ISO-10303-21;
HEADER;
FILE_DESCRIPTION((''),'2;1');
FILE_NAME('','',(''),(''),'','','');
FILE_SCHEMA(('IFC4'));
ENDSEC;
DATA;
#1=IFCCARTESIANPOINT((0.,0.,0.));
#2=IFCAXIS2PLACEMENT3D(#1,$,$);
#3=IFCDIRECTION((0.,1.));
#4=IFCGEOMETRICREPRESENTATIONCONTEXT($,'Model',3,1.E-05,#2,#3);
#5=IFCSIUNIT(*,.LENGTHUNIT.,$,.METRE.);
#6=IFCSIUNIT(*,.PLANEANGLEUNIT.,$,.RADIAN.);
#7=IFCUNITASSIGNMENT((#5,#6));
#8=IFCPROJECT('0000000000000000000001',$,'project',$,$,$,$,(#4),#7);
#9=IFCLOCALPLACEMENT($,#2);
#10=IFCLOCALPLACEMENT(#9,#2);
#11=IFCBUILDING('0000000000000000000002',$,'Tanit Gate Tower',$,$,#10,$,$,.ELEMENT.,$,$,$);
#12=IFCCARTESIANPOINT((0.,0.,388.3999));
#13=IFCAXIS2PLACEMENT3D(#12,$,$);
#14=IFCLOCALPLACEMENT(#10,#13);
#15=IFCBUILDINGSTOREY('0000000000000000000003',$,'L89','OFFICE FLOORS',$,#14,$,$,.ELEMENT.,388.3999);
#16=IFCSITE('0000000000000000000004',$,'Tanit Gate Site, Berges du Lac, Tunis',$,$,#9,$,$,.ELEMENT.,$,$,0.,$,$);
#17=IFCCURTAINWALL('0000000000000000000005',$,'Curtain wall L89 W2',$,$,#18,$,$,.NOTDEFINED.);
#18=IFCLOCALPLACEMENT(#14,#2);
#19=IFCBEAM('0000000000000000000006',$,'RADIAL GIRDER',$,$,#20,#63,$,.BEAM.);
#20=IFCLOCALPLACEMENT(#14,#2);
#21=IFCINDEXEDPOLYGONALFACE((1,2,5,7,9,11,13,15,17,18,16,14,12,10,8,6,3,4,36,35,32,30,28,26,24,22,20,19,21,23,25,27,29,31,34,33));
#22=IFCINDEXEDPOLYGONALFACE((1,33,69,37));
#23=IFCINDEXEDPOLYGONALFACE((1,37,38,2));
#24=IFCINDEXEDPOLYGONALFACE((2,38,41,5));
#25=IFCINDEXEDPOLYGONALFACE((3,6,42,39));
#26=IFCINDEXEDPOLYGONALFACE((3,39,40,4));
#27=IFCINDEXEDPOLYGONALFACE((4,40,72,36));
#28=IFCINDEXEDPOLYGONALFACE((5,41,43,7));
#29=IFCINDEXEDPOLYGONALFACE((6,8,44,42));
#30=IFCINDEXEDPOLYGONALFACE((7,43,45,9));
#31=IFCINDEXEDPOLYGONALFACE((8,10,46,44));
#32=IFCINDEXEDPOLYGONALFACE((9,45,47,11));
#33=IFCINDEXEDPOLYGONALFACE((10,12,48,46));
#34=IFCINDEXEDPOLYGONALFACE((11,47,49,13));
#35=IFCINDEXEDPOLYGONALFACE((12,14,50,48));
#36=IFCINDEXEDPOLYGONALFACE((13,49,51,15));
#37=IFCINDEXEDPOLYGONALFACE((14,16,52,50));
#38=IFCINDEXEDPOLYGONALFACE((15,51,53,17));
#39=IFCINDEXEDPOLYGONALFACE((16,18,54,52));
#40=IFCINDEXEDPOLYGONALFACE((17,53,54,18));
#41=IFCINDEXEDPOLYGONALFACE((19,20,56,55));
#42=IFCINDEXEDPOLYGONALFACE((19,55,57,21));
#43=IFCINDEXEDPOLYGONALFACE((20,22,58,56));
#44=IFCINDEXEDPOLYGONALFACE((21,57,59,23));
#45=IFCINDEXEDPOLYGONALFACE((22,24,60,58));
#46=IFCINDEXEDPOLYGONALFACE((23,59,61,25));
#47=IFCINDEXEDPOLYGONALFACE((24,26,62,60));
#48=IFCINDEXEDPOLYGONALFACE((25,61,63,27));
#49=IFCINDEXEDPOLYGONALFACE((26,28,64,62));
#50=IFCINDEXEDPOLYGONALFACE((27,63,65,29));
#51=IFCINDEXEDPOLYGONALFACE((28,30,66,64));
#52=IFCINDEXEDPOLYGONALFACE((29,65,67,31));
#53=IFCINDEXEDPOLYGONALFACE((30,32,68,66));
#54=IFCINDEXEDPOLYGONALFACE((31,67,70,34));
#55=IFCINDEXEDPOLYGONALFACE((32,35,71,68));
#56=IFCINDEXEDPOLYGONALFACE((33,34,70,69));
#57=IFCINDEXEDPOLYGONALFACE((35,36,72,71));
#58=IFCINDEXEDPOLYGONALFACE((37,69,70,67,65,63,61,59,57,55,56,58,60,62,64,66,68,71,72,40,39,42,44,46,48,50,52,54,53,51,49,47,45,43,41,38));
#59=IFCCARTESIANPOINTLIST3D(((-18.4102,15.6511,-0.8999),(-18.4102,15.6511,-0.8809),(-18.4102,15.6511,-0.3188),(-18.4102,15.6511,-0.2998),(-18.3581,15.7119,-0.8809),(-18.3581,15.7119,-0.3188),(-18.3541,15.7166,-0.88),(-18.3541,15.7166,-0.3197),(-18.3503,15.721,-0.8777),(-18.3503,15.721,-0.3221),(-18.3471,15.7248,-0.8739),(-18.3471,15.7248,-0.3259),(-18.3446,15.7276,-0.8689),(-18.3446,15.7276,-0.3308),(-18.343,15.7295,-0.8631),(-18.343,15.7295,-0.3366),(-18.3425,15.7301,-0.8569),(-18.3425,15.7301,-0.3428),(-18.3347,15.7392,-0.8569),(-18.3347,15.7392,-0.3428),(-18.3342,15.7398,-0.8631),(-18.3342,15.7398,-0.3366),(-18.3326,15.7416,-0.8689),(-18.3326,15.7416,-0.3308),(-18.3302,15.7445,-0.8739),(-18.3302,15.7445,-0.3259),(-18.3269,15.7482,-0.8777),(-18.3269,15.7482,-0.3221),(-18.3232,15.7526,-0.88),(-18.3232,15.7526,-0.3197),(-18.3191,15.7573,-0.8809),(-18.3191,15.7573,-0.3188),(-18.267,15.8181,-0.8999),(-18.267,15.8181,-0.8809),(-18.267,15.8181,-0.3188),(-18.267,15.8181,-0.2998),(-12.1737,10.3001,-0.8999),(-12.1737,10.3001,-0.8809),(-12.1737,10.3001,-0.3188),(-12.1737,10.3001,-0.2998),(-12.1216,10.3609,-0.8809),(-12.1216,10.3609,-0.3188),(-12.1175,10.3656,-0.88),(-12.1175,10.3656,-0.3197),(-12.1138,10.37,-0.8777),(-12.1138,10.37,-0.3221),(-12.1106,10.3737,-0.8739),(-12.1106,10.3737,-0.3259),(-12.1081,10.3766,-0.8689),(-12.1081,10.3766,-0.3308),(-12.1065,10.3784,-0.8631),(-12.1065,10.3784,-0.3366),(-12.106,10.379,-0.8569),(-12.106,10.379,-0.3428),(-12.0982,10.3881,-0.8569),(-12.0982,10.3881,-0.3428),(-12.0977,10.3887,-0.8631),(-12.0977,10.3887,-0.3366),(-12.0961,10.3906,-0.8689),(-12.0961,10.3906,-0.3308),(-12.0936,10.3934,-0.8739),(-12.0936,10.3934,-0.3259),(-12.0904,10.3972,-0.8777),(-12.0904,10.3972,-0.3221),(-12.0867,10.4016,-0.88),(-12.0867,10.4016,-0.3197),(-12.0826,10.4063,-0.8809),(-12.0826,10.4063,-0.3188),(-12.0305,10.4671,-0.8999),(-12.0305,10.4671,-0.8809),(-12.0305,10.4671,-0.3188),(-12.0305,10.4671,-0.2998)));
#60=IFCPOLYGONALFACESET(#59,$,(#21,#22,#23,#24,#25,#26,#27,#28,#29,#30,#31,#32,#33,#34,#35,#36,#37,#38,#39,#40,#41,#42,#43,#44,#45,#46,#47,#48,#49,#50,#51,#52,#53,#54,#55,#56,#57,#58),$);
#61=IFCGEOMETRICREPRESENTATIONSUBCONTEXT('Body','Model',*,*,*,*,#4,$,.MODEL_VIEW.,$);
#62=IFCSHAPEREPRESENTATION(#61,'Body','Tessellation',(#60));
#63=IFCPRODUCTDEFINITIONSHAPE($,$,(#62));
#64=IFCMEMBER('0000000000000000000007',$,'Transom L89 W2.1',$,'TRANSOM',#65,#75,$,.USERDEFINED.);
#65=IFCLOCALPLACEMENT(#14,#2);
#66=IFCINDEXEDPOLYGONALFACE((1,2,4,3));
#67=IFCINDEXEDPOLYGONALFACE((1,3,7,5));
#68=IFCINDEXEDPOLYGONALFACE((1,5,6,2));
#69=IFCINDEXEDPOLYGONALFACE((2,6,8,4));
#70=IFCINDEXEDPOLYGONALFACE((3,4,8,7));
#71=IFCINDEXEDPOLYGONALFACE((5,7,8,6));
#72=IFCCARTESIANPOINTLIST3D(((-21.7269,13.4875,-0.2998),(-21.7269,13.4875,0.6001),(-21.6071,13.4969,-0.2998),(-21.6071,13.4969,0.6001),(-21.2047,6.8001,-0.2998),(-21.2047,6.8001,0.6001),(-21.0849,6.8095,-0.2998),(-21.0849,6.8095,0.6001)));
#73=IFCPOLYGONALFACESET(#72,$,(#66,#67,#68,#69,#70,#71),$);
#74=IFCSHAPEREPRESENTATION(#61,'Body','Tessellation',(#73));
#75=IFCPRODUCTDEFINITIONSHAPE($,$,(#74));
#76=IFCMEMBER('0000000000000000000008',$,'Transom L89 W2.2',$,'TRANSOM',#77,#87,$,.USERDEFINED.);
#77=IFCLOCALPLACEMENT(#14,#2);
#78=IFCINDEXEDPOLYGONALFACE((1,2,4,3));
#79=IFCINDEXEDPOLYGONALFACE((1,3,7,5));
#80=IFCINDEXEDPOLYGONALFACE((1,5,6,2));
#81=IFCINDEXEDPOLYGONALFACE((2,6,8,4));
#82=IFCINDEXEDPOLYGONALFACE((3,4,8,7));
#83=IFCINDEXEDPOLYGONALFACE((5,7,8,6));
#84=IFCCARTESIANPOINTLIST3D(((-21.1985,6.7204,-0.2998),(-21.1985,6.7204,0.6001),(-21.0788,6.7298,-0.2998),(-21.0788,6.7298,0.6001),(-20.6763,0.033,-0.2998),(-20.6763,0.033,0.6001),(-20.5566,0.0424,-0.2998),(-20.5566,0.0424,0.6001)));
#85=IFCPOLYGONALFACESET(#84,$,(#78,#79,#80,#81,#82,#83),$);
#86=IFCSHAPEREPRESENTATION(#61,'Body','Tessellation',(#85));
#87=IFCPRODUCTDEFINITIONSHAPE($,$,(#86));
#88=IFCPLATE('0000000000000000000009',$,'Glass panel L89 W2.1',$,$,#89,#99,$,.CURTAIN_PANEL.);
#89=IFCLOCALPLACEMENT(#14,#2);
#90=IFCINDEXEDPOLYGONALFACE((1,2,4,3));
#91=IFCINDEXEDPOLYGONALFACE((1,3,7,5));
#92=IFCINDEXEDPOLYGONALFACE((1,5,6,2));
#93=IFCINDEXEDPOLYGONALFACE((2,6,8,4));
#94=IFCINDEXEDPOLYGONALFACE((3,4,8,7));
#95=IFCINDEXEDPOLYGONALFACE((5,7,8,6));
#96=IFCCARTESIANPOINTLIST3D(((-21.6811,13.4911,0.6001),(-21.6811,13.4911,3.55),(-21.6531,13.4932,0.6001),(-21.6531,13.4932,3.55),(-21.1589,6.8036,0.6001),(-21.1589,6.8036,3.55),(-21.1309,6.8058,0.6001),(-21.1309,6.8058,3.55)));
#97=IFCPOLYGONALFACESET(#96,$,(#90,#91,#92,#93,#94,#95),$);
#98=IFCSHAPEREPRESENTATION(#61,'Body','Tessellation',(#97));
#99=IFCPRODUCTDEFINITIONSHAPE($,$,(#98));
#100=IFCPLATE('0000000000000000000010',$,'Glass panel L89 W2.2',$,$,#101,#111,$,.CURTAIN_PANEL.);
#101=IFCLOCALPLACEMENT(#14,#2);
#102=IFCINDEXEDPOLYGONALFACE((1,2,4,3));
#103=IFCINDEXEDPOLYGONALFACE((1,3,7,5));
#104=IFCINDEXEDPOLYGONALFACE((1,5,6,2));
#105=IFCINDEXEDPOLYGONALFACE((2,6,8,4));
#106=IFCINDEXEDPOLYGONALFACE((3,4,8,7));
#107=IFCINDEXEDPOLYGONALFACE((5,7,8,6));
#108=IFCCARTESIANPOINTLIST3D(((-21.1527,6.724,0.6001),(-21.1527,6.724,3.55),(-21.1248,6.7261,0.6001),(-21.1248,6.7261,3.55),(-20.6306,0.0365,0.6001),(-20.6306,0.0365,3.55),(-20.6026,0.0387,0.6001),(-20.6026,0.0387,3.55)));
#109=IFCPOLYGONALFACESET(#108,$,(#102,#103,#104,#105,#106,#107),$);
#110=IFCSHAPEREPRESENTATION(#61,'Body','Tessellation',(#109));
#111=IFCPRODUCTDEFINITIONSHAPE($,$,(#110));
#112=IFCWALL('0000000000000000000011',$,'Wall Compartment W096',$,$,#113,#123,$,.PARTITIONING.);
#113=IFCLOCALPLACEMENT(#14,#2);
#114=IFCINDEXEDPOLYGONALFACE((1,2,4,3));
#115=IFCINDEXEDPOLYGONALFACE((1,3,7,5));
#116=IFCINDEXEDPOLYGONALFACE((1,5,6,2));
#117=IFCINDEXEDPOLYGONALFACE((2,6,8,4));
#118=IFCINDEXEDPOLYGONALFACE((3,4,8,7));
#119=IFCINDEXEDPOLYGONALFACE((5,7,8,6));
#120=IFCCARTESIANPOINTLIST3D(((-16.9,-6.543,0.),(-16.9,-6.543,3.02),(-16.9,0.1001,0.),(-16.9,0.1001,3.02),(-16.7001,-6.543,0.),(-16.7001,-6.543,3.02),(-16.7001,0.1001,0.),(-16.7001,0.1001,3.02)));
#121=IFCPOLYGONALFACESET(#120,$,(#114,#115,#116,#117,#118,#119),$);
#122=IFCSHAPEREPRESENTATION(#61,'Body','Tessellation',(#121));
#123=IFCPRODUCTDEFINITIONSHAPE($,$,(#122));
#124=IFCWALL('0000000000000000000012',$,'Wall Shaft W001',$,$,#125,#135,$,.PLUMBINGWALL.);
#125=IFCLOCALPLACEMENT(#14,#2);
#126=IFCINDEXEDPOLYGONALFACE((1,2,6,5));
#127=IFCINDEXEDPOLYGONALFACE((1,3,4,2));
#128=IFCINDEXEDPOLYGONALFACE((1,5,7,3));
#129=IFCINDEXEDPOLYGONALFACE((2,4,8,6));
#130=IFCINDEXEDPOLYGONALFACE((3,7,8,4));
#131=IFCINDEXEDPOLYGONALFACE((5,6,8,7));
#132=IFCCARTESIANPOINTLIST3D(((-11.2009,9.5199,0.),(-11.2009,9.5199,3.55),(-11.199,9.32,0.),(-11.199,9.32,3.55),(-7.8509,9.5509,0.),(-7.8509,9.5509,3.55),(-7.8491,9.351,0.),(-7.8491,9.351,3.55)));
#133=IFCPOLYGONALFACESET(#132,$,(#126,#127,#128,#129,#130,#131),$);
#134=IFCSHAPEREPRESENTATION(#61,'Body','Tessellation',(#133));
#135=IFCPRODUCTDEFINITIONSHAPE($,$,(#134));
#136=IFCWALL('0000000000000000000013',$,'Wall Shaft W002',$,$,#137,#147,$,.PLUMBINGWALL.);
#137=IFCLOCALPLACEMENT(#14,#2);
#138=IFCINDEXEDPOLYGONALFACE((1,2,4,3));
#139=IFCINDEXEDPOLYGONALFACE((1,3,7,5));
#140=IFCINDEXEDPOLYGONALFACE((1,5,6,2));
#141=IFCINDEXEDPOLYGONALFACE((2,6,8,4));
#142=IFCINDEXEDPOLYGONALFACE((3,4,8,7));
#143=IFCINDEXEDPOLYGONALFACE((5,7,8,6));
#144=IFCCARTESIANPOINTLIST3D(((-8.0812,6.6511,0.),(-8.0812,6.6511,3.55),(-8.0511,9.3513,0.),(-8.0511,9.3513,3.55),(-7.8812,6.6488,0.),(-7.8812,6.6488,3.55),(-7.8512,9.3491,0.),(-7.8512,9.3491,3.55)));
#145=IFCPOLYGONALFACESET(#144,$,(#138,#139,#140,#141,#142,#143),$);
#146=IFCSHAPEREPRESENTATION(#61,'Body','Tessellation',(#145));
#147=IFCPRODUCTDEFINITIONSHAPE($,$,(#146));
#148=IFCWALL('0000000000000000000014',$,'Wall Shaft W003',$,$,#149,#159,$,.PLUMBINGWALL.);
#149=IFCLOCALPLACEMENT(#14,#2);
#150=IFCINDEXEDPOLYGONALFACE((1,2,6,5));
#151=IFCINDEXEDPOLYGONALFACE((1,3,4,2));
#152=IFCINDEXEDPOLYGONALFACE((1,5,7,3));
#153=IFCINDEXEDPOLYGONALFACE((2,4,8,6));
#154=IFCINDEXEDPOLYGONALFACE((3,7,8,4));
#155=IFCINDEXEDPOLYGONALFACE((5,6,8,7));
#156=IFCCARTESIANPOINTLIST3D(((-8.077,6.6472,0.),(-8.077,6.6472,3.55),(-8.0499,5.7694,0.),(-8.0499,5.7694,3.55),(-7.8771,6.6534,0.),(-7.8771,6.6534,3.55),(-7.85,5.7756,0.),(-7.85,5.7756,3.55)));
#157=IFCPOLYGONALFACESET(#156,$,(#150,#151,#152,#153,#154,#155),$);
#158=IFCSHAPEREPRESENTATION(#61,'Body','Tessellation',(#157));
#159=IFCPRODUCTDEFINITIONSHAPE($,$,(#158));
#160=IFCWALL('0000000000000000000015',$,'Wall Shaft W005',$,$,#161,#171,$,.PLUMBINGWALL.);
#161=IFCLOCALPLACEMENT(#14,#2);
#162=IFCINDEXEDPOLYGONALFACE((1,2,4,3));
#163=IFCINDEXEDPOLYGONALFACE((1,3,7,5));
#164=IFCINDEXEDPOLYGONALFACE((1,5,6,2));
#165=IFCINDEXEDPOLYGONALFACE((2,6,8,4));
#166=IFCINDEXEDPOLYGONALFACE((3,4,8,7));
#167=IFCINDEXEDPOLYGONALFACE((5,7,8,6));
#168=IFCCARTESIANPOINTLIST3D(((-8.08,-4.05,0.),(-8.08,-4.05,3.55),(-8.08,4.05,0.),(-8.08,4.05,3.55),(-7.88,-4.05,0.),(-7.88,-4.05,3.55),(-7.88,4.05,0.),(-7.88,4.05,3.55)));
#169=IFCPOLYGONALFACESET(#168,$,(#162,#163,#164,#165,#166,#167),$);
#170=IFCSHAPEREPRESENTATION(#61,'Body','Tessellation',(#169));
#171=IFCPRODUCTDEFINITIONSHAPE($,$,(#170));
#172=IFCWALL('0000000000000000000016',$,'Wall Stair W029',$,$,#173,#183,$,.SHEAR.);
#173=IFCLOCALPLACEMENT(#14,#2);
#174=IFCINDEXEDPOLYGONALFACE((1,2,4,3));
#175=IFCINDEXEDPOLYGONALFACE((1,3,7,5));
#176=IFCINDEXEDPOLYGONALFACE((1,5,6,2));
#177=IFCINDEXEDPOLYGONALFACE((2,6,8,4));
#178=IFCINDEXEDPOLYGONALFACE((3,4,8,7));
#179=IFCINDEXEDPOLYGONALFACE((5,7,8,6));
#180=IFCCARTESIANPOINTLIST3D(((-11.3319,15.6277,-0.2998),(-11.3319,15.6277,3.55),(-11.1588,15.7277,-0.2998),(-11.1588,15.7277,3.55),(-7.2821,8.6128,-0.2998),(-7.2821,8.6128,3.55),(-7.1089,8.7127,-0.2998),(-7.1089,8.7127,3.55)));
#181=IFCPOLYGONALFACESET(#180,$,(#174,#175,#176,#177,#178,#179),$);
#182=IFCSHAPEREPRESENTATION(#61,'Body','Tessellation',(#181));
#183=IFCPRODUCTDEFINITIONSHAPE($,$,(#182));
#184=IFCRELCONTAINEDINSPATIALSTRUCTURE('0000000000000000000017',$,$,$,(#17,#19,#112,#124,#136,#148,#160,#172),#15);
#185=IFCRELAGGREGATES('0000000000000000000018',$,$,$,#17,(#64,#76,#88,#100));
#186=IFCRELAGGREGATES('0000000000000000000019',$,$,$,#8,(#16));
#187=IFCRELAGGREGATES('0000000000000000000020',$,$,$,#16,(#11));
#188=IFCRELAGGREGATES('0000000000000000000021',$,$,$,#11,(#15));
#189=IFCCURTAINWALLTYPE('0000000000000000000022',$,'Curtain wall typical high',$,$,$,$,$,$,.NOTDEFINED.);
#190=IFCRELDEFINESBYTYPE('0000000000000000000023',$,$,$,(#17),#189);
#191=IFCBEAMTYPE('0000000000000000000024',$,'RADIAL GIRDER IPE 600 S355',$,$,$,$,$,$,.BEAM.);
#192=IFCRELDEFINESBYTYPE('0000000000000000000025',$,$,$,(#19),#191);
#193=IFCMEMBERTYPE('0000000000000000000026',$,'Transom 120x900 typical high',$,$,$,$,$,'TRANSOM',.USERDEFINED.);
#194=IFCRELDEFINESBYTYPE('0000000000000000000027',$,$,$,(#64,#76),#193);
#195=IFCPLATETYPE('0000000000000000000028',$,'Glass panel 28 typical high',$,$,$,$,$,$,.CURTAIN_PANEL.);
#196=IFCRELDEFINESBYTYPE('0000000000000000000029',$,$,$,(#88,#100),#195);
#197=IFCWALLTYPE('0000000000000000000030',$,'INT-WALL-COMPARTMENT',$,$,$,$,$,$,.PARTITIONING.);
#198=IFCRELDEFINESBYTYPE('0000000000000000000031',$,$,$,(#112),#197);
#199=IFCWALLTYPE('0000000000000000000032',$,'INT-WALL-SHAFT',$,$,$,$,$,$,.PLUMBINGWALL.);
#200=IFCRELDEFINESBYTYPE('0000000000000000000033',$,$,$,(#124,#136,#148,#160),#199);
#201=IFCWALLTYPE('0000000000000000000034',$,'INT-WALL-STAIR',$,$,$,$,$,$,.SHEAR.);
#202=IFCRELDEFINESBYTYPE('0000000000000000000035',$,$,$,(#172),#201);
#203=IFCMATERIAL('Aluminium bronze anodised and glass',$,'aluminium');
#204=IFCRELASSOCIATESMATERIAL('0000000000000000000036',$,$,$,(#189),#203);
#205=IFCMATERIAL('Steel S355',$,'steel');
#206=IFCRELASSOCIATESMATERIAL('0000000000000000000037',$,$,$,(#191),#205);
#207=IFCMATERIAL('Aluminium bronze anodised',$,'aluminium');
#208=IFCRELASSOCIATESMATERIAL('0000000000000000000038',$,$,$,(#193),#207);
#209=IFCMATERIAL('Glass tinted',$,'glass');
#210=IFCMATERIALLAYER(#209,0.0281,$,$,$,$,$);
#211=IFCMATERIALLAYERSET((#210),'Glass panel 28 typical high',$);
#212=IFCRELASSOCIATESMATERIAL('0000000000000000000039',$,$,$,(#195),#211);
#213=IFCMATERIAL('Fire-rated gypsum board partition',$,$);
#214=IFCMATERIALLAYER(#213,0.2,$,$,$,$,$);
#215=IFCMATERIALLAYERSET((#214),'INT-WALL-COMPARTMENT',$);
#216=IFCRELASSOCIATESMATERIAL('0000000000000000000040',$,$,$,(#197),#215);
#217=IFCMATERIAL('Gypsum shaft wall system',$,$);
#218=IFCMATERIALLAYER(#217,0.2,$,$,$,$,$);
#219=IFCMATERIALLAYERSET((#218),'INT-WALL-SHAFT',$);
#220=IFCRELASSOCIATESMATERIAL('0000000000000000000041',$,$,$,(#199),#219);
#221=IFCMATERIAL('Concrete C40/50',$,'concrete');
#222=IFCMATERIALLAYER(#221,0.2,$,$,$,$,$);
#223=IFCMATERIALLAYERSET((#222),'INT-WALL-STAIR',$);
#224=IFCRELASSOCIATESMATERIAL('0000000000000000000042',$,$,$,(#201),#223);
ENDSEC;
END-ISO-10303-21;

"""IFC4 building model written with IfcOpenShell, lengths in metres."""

from ifc_helpers import new_model, si_unit, direction, frame, frame_2d, origin, origin_2d, place, context, subcontext, project, spatial, rectangle, i_section, extrude, material, layer, layer_set, material_profile, profile_set, type_object, element, aggregate, save


model = new_model("IFC4")

# Units and contexts
model_context = context("Model", 3, precision=1e-05, world=origin(), true_north=direction((0.0, 1.0)))
body_context = subcontext(model_context, "Body", "Model", "MODEL_VIEW")
ifc_project = project(units=[si_unit("LENGTHUNIT", "METRE"), si_unit("PLANEANGLEUNIT", "RADIAN")], contexts=[model_context])

# Site, building, storey
site_placement = place(None, origin())
site = spatial("IfcSite", under=ifc_project, at=site_placement, Name="Tanit Gate Site, Berges du Lac, Tunis", CompositionType="ELEMENT", RefElevation=0.0)
building_placement = place(site_placement, origin())
building = spatial("IfcBuilding", under=site, at=building_placement, Name="Tanit Gate Tower", CompositionType="ELEMENT")
storey_placement = place(building_placement, frame((0.0, 0.0, 388.3999)))
storey = spatial("IfcBuildingStorey", under=building, at=storey_placement, Name="L89", Description="OFFICE FLOORS", CompositionType="ELEMENT", Elevation=388.3999)

# Curtain wall
ifc_material_1 = material(Name="Aluminium bronze anodised and glass", Category="aluminium")
curtain_wall_type = type_object("IfcCurtainWallType", Name="Curtain wall typical high", PredefinedType="NOTDEFINED", material=ifc_material_1)
curtain_wall_1_placement = place(storey_placement, origin())
curtain_wall_1 = element("IfcCurtainWall", 1, at=curtain_wall_1_placement, inside=storey, type_object=curtain_wall_type, Name="Curtain wall L89 W2", PredefinedType="NOTDEFINED")

# Beam
ifc_material_2 = material(Name="Steel S355", Category="steel")
ifc_material_profile_1 = material_profile(ifc_material_2, i_section(OverallWidth=0.22, OverallDepth=0.6001, WebThickness=0.012, FlangeThickness=0.019, FilletRadius=0.0239, at=origin_2d()), Name="IPE 600")
ifc_profile_set_1 = profile_set([ifc_material_profile_1], Name="Steel S355")
beam_type_1 = type_object("IfcBeamType", Name="RADIAL GIRDER IPE 600 S355", PredefinedType="BEAM", material=ifc_profile_set_1)
beam_1_placement = place(storey_placement, frame((-18.3386, 15.7346, -0.5999), z_axis=(0.758929, -0.651173, 0.0), x_axis=(0.651173, 0.758929, 0.0)))
element("IfcBeam", 2, at=beam_1_placement, inside=storey, type_object=beam_type_1, Name="RADIAL GIRDER", PredefinedType="BEAM", context=body_context, shape_type="SweptSolid", body=[
    extrude(i_section(OverallWidth=0.22, OverallDepth=0.6001, WebThickness=0.012, FlangeThickness=0.019, FilletRadius=0.0239, at=origin_2d()), origin(), (0.0, 0.0, 1.0), 8.2175),
])

# Members
ifc_material_3 = material(Name="Aluminium bronze anodised", Category="aluminium")
ifc_material_profile_2 = material_profile(ifc_material_3, rectangle(XDim=0.1201, YDim=0.8999, at=origin_2d()), Name="120x900 bronze transom")
ifc_profile_set_2 = profile_set([ifc_material_profile_2], Name="Aluminium bronze anodised")
member_type_1 = type_object("IfcMemberType", Name="Transom 120x900 typical high", ElementType="TRANSOM", PredefinedType="USERDEFINED", material=ifc_profile_set_2)
member_1_placement = place(storey_placement, frame((-21.667, 13.4922, 0.1501), z_axis=(0.077851, -0.996965, 0.0), x_axis=(0.996965, 0.077851, 0.0)))
member_1 = element("IfcMember", 3, at=member_1_placement, type_object=member_type_1, Name="Transom L89 W2.1", ObjectType="TRANSOM", PredefinedType="USERDEFINED", context=body_context, shape_type="SweptSolid", body=[
    extrude(rectangle(XDim=0.1201, YDim=0.8999, at=origin_2d()), origin(), (0.0, 0.0, 1.0), 6.7078),
])
member_2_placement = place(storey_placement, frame((-21.1387, 6.7251, 0.1501), z_axis=(0.077851, -0.996965, 0.0), x_axis=(0.996965, 0.077851, 0.0)))
member_2 = element("IfcMember", 4, at=member_2_placement, type_object=member_type_1, Name="Transom L89 W2.2", ObjectType="TRANSOM", PredefinedType="USERDEFINED", context=body_context, shape_type="SweptSolid", body=[
    extrude(rectangle(XDim=0.1201, YDim=0.8999, at=origin_2d()), origin(), (0.0, 0.0, 1.0), 6.7078),
])

# Plates
ifc_material_4 = material(Name="Glass tinted", Category="glass")
ifc_layer_1 = layer(ifc_material_4, 0.0281)
ifc_layer_set_1 = layer_set([ifc_layer_1], Name="Glass panel 28 typical high")
plate_type = type_object("IfcPlateType", Name="Glass panel 28 typical high", PredefinedType="CURTAIN_PANEL", material=ifc_layer_set_1)
plate_1_placement = place(storey_placement, frame((-21.406, 10.1484, 0.6001), z_axis=(0.0, 0.0, 1.0), x_axis=(0.077839, -0.996966, 0.0)))
plate_1 = element("IfcPlate", 5, at=plate_1_placement, type_object=plate_type, Name="Glass panel L89 W2.1", PredefinedType="CURTAIN_PANEL", context=body_context, shape_type="SweptSolid", body=[
    extrude(rectangle(XDim=6.7078, YDim=0.0281, at=origin_2d()), origin(), (0.0, 0.0, 1.0), 2.95),
])
plate_2_placement = place(storey_placement, frame((-20.8777, 3.3813, 0.6001), z_axis=(0.0, 0.0, 1.0), x_axis=(0.077839, -0.996966, 0.0)))
plate_2 = element("IfcPlate", 6, at=plate_2_placement, type_object=plate_type, Name="Glass panel L89 W2.2", PredefinedType="CURTAIN_PANEL", context=body_context, shape_type="SweptSolid", body=[
    extrude(rectangle(XDim=6.7078, YDim=0.0281, at=origin_2d()), origin(), (0.0, 0.0, 1.0), 2.95),
])
aggregate(curtain_wall_1, [member_1, member_2, plate_1, plate_2])

# Walls
ifc_material_5 = material(Name="Fire-rated gypsum board partition")
ifc_layer_2 = layer(ifc_material_5, 0.2)
ifc_layer_set_2 = layer_set([ifc_layer_2], Name="INT-WALL-COMPARTMENT")
wall_type_1 = type_object("IfcWallType", Name="INT-WALL-COMPARTMENT", PredefinedType="PARTITIONING", material=ifc_layer_set_2)
wall_1_placement = place(storey_placement, frame((-16.8, 0.1001, 0.0), z_axis=(0.0, 0.0, 1.0), x_axis=(0.0, -1.0, 0.0)))
element("IfcWall", 7, at=wall_1_placement, inside=storey, type_object=wall_type_1, Name="Wall Compartment W096", PredefinedType="PARTITIONING", context=body_context, shape_type="SweptSolid", body=[
    extrude(rectangle(XDim=6.6431, YDim=0.2, at=frame_2d((3.3215, 0.0))), origin(), (0.0, 0.0, 1.0), 3.02),
])
ifc_material_6 = material(Name="Gypsum shaft wall system")
ifc_layer_3 = layer(ifc_material_6, 0.2)
ifc_layer_set_3 = layer_set([ifc_layer_3], Name="INT-WALL-SHAFT")
wall_type_2 = type_object("IfcWallType", Name="INT-WALL-SHAFT", PredefinedType="PLUMBINGWALL", material=ifc_layer_set_3)
wall_2_placement = place(storey_placement, frame((-11.2, 9.4199, 0.0), z_axis=(0.0, 0.0, 1.0), x_axis=(0.999957, 0.009255, 0.0)))
element("IfcWall", 8, at=wall_2_placement, inside=storey, type_object=wall_type_2, Name="Wall Shaft W001", PredefinedType="PLUMBINGWALL", context=body_context, shape_type="SweptSolid", body=[
    extrude(rectangle(XDim=3.3501, YDim=0.2, at=frame_2d((1.675, 0.0))), origin(), (0.0, 0.0, 1.0), 3.55),
])
wall_3_placement = place(storey_placement, frame((-7.9512, 9.3501, 0.0), z_axis=(0.0, 0.0, 1.0), x_axis=(-0.01112, -0.999938, 0.0)))
element("IfcWall", 9, at=wall_3_placement, inside=storey, type_object=wall_type_2, Name="Wall Shaft W002", PredefinedType="PLUMBINGWALL", context=body_context, shape_type="SweptSolid", body=[
    extrude(rectangle(XDim=2.7004, YDim=0.2, at=frame_2d((1.3501, 0.0))), origin(), (0.0, 0.0, 1.0), 3.55),
])
wall_4_placement = place(storey_placement, frame((-7.9771, 6.6501, 0.0), z_axis=(0.0, 0.0, 1.0), x_axis=(0.030862, -0.999524, 0.0)))
element("IfcWall", 10, at=wall_4_placement, inside=storey, type_object=wall_type_2, Name="Wall Shaft W003", PredefinedType="PLUMBINGWALL", context=body_context, shape_type="SweptSolid", body=[
    extrude(rectangle(XDim=0.8782, YDim=0.2, at=frame_2d((0.439, 0.0))), origin(), (0.0, 0.0, 1.0), 3.55),
])
wall_5_placement = place(storey_placement, frame((-7.98, 4.05, 0.0), z_axis=(0.0, 0.0, 1.0), x_axis=(0.0, -1.0, 0.0)))
element("IfcWall", 11, at=wall_5_placement, inside=storey, type_object=wall_type_2, Name="Wall Shaft W005", PredefinedType="PLUMBINGWALL", context=body_context, shape_type="SweptSolid", body=[
    extrude(rectangle(XDim=8.1001, YDim=0.2, at=frame_2d((4.05, 0.0))), origin(), (0.0, 0.0, 1.0), 3.55),
])
ifc_material_7 = material(Name="Concrete C40/50", Category="concrete")
ifc_layer_4 = layer(ifc_material_7, 0.2)
ifc_layer_set_4 = layer_set([ifc_layer_4], Name="INT-WALL-STAIR")
wall_type_3 = type_object("IfcWallType", Name="INT-WALL-STAIR", PredefinedType="SHEAR", material=ifc_layer_set_4)
wall_6_placement = place(storey_placement, frame((-11.2454, 15.6777, -0.2998), z_axis=(0.0, 0.0, 1.0), x_axis=(0.499977, -0.866039, 0.0)))
element("IfcWall", 12, at=wall_6_placement, inside=storey, type_object=wall_type_3, Name="Wall Stair W029", PredefinedType="SHEAR", context=body_context, shape_type="SweptSolid", body=[
    extrude(rectangle(XDim=8.1001, YDim=0.2, at=frame_2d((4.05, 0.0))), origin(), (0.0, 0.0, 1.0), 3.8499),
])

save(model, "model.ifc")
